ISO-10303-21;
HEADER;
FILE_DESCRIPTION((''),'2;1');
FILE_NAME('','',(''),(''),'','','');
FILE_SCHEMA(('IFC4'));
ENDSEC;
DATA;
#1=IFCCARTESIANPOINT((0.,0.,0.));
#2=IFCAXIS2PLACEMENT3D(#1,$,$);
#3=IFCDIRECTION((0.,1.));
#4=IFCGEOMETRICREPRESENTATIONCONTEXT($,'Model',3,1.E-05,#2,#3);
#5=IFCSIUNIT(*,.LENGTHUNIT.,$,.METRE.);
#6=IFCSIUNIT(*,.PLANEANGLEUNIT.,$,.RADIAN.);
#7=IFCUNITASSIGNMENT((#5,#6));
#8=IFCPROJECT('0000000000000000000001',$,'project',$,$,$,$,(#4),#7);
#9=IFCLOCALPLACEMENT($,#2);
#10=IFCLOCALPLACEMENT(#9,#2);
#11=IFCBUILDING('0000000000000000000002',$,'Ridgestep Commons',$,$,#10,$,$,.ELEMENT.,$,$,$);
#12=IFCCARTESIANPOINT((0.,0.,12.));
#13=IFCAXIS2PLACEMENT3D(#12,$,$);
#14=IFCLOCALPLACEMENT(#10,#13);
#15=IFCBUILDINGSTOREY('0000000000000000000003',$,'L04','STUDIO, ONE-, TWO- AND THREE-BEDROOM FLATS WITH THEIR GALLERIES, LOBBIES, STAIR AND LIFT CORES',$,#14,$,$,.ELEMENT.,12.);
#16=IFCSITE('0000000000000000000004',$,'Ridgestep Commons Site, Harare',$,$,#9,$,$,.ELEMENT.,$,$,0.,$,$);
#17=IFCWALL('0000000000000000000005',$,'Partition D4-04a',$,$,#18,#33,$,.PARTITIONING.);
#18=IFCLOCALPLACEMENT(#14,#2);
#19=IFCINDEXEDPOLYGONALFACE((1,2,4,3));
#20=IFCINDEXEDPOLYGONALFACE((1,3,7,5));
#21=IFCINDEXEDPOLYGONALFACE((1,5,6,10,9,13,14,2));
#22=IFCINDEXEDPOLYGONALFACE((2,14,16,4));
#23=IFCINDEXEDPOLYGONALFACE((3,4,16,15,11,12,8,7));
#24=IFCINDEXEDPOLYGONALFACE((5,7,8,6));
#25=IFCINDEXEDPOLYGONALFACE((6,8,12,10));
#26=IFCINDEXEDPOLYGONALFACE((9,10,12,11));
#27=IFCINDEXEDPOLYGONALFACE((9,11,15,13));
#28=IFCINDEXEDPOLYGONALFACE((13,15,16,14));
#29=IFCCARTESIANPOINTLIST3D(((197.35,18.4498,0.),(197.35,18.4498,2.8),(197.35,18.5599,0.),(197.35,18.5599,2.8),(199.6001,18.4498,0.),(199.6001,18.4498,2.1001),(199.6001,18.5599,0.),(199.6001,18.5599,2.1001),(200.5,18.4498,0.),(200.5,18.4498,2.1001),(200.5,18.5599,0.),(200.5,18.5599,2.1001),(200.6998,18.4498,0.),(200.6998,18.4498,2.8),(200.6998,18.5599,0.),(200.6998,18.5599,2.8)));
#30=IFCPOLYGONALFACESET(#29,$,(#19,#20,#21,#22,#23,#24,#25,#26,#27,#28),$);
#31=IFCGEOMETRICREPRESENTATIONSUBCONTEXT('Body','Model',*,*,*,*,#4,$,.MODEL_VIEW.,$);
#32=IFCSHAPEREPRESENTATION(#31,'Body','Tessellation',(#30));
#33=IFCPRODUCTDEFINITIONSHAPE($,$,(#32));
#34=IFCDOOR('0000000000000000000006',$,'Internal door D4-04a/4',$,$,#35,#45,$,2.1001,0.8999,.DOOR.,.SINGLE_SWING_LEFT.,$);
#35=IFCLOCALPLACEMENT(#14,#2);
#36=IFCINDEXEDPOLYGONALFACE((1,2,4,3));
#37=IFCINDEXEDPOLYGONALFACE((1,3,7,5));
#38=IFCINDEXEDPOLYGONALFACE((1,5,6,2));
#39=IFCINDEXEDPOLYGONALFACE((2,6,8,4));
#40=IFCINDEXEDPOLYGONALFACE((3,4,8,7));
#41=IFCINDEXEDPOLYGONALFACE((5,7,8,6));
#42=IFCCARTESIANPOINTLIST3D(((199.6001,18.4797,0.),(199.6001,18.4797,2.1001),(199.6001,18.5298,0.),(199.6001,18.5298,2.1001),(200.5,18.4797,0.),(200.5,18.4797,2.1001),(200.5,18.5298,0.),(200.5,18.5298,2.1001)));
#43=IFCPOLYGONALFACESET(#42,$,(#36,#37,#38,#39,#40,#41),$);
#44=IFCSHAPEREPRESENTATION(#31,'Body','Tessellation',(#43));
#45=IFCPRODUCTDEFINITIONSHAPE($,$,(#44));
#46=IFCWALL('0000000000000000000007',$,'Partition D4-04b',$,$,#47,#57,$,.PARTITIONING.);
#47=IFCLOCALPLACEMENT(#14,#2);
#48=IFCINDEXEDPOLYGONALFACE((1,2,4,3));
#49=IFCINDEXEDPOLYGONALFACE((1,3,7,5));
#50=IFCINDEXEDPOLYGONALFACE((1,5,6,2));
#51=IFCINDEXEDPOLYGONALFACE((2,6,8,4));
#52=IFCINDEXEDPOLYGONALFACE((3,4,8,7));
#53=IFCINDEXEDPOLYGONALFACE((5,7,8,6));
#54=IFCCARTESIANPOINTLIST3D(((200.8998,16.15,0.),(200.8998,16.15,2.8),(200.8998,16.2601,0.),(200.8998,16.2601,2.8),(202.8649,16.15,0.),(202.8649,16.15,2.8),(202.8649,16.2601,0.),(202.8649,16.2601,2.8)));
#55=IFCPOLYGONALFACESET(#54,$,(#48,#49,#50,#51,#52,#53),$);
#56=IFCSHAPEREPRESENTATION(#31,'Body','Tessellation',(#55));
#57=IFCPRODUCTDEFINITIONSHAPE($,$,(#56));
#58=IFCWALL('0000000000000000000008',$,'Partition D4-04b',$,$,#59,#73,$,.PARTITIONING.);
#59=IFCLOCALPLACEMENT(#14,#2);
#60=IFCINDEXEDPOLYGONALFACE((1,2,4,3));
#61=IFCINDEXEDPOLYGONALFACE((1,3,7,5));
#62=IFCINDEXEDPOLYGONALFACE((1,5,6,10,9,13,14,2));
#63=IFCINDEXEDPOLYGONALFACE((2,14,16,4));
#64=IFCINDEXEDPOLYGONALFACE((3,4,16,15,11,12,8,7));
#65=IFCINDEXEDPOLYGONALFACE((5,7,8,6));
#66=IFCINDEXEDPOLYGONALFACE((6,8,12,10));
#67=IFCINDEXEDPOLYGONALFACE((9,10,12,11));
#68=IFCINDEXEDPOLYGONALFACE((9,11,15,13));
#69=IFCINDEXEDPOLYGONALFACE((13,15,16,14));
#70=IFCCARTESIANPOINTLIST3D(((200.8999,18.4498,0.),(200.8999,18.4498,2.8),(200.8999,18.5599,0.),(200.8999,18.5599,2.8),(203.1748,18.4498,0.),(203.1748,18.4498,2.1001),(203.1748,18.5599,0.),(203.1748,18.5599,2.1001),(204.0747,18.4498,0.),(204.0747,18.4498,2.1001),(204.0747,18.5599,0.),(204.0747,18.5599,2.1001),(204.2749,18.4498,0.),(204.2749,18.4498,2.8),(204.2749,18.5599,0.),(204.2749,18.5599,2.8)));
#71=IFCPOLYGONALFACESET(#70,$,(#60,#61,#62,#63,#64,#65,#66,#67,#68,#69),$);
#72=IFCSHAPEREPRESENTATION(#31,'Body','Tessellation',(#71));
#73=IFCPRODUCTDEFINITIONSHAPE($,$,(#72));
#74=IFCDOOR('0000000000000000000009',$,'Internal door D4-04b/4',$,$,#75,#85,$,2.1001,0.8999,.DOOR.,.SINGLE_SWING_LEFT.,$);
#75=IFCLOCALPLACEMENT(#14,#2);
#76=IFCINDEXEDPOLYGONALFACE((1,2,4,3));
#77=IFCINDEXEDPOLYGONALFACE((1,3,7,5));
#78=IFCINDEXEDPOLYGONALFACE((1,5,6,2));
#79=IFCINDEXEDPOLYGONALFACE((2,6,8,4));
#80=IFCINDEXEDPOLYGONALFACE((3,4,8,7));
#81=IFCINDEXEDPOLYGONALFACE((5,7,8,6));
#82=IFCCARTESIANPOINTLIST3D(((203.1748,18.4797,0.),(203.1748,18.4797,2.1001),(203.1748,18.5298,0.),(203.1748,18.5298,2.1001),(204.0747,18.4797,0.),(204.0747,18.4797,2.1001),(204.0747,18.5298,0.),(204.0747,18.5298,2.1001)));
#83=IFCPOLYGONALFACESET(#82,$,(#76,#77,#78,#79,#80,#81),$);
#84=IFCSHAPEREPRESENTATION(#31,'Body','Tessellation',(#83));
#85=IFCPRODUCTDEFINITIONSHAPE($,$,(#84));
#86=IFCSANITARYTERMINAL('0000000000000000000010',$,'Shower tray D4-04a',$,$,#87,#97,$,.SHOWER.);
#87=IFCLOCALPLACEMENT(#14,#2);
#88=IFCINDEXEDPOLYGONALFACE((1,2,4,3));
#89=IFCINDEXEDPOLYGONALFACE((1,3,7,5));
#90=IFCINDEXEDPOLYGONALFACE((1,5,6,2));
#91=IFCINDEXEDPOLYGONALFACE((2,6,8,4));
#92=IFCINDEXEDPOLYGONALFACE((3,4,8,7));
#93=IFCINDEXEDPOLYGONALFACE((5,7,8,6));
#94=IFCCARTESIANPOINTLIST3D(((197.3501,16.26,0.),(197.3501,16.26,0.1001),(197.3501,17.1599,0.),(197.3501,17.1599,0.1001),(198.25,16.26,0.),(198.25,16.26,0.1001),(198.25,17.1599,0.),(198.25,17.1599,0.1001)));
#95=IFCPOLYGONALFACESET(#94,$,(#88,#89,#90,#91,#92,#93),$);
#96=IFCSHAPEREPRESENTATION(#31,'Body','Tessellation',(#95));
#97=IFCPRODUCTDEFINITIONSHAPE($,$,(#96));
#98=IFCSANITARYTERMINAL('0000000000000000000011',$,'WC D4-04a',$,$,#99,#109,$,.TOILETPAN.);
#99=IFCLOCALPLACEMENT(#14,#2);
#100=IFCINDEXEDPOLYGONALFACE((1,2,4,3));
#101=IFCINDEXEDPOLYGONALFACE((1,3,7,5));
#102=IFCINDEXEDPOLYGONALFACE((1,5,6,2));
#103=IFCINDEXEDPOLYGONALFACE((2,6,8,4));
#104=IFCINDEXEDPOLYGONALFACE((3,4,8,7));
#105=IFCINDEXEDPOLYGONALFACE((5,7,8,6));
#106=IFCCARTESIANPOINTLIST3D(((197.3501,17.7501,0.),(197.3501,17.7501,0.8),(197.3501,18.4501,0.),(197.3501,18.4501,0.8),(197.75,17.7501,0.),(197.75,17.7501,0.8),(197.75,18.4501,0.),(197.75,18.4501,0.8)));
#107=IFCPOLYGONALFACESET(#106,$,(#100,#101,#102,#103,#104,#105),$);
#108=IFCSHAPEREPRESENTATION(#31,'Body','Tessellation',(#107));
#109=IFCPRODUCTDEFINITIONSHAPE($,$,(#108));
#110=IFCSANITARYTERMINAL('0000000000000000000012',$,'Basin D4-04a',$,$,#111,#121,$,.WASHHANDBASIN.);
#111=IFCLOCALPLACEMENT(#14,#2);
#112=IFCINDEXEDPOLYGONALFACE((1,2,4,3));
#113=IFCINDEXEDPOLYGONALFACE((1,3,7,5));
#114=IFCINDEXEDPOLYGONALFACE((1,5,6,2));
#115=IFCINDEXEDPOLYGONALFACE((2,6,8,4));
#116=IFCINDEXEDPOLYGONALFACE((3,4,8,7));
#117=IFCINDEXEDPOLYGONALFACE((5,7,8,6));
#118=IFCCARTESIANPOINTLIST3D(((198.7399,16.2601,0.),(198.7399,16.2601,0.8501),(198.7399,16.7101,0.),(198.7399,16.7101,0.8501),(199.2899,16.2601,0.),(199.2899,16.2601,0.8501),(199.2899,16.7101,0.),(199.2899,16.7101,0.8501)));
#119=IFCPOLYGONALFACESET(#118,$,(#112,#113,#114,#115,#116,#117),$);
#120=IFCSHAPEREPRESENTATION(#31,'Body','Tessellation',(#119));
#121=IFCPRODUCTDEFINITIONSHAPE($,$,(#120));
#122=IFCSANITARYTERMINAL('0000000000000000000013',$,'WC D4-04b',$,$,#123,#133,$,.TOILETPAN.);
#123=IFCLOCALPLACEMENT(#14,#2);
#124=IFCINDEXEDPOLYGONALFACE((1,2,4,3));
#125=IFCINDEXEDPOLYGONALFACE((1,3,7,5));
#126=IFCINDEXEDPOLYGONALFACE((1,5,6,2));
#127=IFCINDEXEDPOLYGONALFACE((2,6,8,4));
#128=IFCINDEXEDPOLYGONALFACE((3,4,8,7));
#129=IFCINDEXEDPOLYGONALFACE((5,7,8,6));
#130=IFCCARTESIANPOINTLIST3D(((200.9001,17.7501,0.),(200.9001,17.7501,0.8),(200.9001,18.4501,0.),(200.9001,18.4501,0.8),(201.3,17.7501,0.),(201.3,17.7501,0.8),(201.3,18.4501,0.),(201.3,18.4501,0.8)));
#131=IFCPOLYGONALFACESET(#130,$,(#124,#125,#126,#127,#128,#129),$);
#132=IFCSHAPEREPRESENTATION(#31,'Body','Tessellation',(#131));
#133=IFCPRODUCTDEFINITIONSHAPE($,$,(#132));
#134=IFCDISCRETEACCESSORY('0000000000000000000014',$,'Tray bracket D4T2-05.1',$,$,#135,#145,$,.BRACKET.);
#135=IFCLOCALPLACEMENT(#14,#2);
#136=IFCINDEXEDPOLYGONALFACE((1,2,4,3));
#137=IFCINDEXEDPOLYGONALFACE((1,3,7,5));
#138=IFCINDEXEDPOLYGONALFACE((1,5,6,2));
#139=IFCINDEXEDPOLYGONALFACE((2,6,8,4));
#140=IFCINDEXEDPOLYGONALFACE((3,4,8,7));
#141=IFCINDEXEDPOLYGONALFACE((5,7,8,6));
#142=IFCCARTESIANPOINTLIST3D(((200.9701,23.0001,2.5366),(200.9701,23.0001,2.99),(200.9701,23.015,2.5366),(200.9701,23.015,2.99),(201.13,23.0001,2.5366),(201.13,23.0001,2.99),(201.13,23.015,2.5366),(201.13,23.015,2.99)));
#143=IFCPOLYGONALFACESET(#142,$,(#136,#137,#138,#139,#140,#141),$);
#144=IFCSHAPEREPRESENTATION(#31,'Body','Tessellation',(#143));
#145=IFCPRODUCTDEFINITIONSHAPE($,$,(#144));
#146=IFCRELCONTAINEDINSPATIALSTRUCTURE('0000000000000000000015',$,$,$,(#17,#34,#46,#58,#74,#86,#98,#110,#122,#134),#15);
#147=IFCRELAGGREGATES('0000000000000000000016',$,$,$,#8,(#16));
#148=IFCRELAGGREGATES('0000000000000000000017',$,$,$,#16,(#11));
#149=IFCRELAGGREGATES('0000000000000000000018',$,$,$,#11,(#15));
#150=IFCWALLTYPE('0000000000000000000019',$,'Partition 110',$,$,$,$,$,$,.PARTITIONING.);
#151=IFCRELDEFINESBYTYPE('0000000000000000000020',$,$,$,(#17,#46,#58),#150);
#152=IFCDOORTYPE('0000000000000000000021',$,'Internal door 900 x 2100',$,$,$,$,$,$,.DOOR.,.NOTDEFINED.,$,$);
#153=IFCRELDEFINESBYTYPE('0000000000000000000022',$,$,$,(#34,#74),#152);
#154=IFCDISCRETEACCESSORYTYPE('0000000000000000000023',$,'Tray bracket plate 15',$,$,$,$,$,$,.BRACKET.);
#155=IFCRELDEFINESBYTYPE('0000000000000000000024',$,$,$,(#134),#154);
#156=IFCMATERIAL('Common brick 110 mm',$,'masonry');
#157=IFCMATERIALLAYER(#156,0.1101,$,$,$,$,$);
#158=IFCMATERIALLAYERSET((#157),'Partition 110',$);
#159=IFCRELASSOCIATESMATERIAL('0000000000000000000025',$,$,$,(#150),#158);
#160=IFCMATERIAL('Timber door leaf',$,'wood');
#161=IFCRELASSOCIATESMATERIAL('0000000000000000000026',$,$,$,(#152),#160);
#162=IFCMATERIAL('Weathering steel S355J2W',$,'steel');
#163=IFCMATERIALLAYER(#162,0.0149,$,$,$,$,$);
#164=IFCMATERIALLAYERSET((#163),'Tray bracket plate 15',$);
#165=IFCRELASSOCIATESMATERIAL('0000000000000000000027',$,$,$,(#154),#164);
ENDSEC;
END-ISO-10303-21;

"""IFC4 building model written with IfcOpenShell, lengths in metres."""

from ifc_helpers import new_model, si_unit, direction, frame, frame_2d, origin, origin_2d, place, context, subcontext, project, spatial, rectangle, extrude, material, layer, layer_set, type_object, element, fill, save


model = new_model("IFC4")

# Units and contexts
model_context = context("Model", 3, precision=1e-05, world=origin(), true_north=direction((0.0, 1.0)))
body_context = subcontext(model_context, "Body", "Model", "MODEL_VIEW")
ifc_project = project(units=[si_unit("LENGTHUNIT", "METRE"), si_unit("PLANEANGLEUNIT", "RADIAN")], contexts=[model_context])

# Site, building, storey
site_placement = place(None, origin())
site = spatial("IfcSite", under=ifc_project, at=site_placement, Name="Ridgestep Commons Site, Harare", CompositionType="ELEMENT", RefElevation=0.0)
building_placement = place(site_placement, origin())
building = spatial("IfcBuilding", under=site, at=building_placement, Name="Ridgestep Commons", CompositionType="ELEMENT")
storey_placement = place(building_placement, frame((0.0, 0.0, 12.0)))
storey = spatial("IfcBuildingStorey", under=building, at=storey_placement, Name="L04", Description="STUDIO, ONE-, TWO- AND THREE-BEDROOM FLATS WITH THEIR GALLERIES, LOBBIES, STAIR AND LIFT CORES", CompositionType="ELEMENT", Elevation=12.0)

# Shared definitions
ifc_material_1 = material(Name="Common brick 110 mm", Category="masonry")
ifc_layer_1 = layer(ifc_material_1, 0.1101)
ifc_layer_set_1 = layer_set([ifc_layer_1], Name="Partition 110")
wall_type_1 = type_object("IfcWallType", Name="Partition 110", PredefinedType="PARTITIONING", material=ifc_layer_set_1)

# Wall, opening, door
wall_1_placement = place(storey_placement, frame((197.3501, 18.5049, 0.0), z_axis=(0.0, 0.0, 1.0), x_axis=(1.0, 0.0, 0.0)))
wall_1 = element("IfcWall", 1, at=wall_1_placement, inside=storey, type_object=wall_type_1, Name="Partition D4-04a", PredefinedType="PARTITIONING", context=body_context, shape_type="SweptSolid", body=[
    extrude(rectangle(XDim=3.3499, YDim=0.1101, at=frame_2d((1.6748, 0.0))), origin(), (0.0, 0.0, 1.0), 2.8),
])
opening_1_placement = place(wall_1_placement, frame((2.25, 0.0, 0.0)))
opening_1 = element("IfcOpeningElement", 2, at=opening_1_placement, cuts=wall_1, PredefinedType="OPENING", context=body_context, shape_type="SweptSolid", body=[
    extrude(rectangle(XDim=0.8999, YDim=2.1001, at=frame_2d((0.45, 1.05))), frame((0.0, 0.0649, 0.0), z_axis=(0.0, -1.0, 0.0), x_axis=(1.0, 0.0, 0.0)), (0.0, 0.0, 1.0), 0.1301),
])
ifc_material_2 = material(Name="Timber door leaf", Category="wood")
door_type = type_object("IfcDoorType", Name="Internal door 900 x 2100", OperationType="NOTDEFINED", PredefinedType="DOOR", material=ifc_material_2)
door_1_placement = place(opening_1_placement, origin())
door_1 = element("IfcDoor", 3, at=door_1_placement, inside=storey, type_object=door_type, Name="Internal door D4-04a/4", OperationType="SINGLE_SWING_LEFT", OverallHeight=2.1001, OverallWidth=0.8999, PredefinedType="DOOR", context=body_context, shape_type="SweptSolid", body=[
    extrude(rectangle(XDim=0.8999, YDim=2.1001, at=frame_2d((0.45, 1.05))), frame((0.0, 0.0249, 0.0), z_axis=(0.0, -1.0, 0.0), x_axis=(1.0, 0.0, 0.0)), (0.0, 0.0, 1.0), 0.05),
])
fill(opening_1, door_1)

# Wall
wall_2_placement = place(storey_placement, frame((200.8999, 16.2051, 0.0), z_axis=(0.0, 0.0, 1.0), x_axis=(1.0, 0.0, 0.0)))
element("IfcWall", 4, at=wall_2_placement, inside=storey, type_object=wall_type_1, Name="Partition D4-04b", PredefinedType="PARTITIONING", context=body_context, shape_type="SweptSolid", body=[
    extrude(rectangle(XDim=1.9651, YDim=0.1101, at=frame_2d((0.9824, 0.0))), origin(), (0.0, 0.0, 1.0), 2.8),
])

# Wall, opening, door
wall_3_placement = place(storey_placement, frame((200.8999, 18.5049, 0.0), z_axis=(0.0, 0.0, 1.0), x_axis=(1.0, 0.0, 0.0)))
wall_3 = element("IfcWall", 5, at=wall_3_placement, inside=storey, type_object=wall_type_1, Name="Partition D4-04b", PredefinedType="PARTITIONING", context=body_context, shape_type="SweptSolid", body=[
    extrude(rectangle(XDim=3.375, YDim=0.1101, at=frame_2d((1.6875, 0.0))), origin(), (0.0, 0.0, 1.0), 2.8),
])
opening_2_placement = place(wall_3_placement, frame((2.2749, 0.0, 0.0)))
opening_2 = element("IfcOpeningElement", 6, at=opening_2_placement, cuts=wall_3, PredefinedType="OPENING", context=body_context, shape_type="SweptSolid", body=[
    extrude(rectangle(XDim=0.8999, YDim=2.1001, at=frame_2d((0.45, 1.05))), frame((0.0, 0.0649, 0.0), z_axis=(0.0, -1.0, 0.0), x_axis=(1.0, 0.0, 0.0)), (0.0, 0.0, 1.0), 0.1301),
])
door_2_placement = place(opening_2_placement, origin())
door_2 = element("IfcDoor", 7, at=door_2_placement, inside=storey, type_object=door_type, Name="Internal door D4-04b/4", OperationType="SINGLE_SWING_LEFT", OverallHeight=2.1001, OverallWidth=0.8999, PredefinedType="DOOR", context=body_context, shape_type="SweptSolid", body=[
    extrude(rectangle(XDim=0.8999, YDim=2.1001, at=frame_2d((0.45, 1.05))), frame((0.0, 0.0249, 0.0), z_axis=(0.0, -1.0, 0.0), x_axis=(1.0, 0.0, 0.0)), (0.0, 0.0, 1.0), 0.05),
])
fill(opening_2, door_2)

# Sanitary terminals
sanitary_terminal_1_placement = place(storey_placement, frame((197.8, 16.71, 0.0), z_axis=(0.0, 0.0, 1.0), x_axis=(1.0, 0.0, 0.0)))
element("IfcSanitaryTerminal", 8, at=sanitary_terminal_1_placement, inside=storey, Name="Shower tray D4-04a", PredefinedType="SHOWER", context=body_context, shape_type="SweptSolid", body=[
    extrude(rectangle(XDim=0.8999, YDim=0.8999, at=origin_2d()), origin(), (0.0, 0.0, 1.0), 0.1001),
])
sanitary_terminal_2_placement = place(storey_placement, frame((197.55, 18.1001, 0.0), z_axis=(0.0, 0.0, 1.0), x_axis=(1.0, 0.0, 0.0)))
element("IfcSanitaryTerminal", 9, at=sanitary_terminal_2_placement, inside=storey, Name="WC D4-04a", PredefinedType="TOILETPAN", context=body_context, shape_type="SweptSolid", body=[
    extrude(rectangle(XDim=0.3999, YDim=0.7, at=origin_2d()), origin(), (0.0, 0.0, 1.0), 0.8),
])
sanitary_terminal_3_placement = place(storey_placement, frame((199.0149, 16.4851, 0.0), z_axis=(0.0, 0.0, 1.0), x_axis=(1.0, 0.0, 0.0)))
element("IfcSanitaryTerminal", 10, at=sanitary_terminal_3_placement, inside=storey, Name="Basin D4-04a", PredefinedType="WASHHANDBASIN", context=body_context, shape_type="SweptSolid", body=[
    extrude(rectangle(XDim=0.55, YDim=0.45, at=origin_2d()), origin(), (0.0, 0.0, 1.0), 0.8501),
])
sanitary_terminal_4_placement = place(storey_placement, frame((201.1001, 18.1001, 0.0), z_axis=(0.0, 0.0, 1.0), x_axis=(1.0, 0.0, 0.0)))
element("IfcSanitaryTerminal", 11, at=sanitary_terminal_4_placement, inside=storey, Name="WC D4-04b", PredefinedType="TOILETPAN", context=body_context, shape_type="SweptSolid", body=[
    extrude(rectangle(XDim=0.3999, YDim=0.7, at=origin_2d()), origin(), (0.0, 0.0, 1.0), 0.8),
])

# Discrete accessory
ifc_material_3 = material(Name="Weathering steel S355J2W", Category="steel")
ifc_layer_2 = layer(ifc_material_3, 0.0149)
ifc_layer_set_2 = layer_set([ifc_layer_2], Name="Tray bracket plate 15")
discrete_accessory_type = type_object("IfcDiscreteAccessoryType", Name="Tray bracket plate 15", PredefinedType="BRACKET", material=ifc_layer_set_2)
discrete_accessory_placement = place(storey_placement, frame((201.05, 23.0076, 2.5366), z_axis=(0.0, 0.0, 1.0), x_axis=(1.0, 0.0, 0.0)))
element("IfcDiscreteAccessory", 12, at=discrete_accessory_placement, inside=storey, type_object=discrete_accessory_type, Name="Tray bracket D4T2-05.1", PredefinedType="BRACKET", context=body_context, shape_type="SweptSolid", body=[
    extrude(rectangle(XDim=0.1599, YDim=0.0149, at=origin_2d()), origin(), (0.0, 0.0, 1.0), 0.4534),
])

save(model, "model.ifc")
